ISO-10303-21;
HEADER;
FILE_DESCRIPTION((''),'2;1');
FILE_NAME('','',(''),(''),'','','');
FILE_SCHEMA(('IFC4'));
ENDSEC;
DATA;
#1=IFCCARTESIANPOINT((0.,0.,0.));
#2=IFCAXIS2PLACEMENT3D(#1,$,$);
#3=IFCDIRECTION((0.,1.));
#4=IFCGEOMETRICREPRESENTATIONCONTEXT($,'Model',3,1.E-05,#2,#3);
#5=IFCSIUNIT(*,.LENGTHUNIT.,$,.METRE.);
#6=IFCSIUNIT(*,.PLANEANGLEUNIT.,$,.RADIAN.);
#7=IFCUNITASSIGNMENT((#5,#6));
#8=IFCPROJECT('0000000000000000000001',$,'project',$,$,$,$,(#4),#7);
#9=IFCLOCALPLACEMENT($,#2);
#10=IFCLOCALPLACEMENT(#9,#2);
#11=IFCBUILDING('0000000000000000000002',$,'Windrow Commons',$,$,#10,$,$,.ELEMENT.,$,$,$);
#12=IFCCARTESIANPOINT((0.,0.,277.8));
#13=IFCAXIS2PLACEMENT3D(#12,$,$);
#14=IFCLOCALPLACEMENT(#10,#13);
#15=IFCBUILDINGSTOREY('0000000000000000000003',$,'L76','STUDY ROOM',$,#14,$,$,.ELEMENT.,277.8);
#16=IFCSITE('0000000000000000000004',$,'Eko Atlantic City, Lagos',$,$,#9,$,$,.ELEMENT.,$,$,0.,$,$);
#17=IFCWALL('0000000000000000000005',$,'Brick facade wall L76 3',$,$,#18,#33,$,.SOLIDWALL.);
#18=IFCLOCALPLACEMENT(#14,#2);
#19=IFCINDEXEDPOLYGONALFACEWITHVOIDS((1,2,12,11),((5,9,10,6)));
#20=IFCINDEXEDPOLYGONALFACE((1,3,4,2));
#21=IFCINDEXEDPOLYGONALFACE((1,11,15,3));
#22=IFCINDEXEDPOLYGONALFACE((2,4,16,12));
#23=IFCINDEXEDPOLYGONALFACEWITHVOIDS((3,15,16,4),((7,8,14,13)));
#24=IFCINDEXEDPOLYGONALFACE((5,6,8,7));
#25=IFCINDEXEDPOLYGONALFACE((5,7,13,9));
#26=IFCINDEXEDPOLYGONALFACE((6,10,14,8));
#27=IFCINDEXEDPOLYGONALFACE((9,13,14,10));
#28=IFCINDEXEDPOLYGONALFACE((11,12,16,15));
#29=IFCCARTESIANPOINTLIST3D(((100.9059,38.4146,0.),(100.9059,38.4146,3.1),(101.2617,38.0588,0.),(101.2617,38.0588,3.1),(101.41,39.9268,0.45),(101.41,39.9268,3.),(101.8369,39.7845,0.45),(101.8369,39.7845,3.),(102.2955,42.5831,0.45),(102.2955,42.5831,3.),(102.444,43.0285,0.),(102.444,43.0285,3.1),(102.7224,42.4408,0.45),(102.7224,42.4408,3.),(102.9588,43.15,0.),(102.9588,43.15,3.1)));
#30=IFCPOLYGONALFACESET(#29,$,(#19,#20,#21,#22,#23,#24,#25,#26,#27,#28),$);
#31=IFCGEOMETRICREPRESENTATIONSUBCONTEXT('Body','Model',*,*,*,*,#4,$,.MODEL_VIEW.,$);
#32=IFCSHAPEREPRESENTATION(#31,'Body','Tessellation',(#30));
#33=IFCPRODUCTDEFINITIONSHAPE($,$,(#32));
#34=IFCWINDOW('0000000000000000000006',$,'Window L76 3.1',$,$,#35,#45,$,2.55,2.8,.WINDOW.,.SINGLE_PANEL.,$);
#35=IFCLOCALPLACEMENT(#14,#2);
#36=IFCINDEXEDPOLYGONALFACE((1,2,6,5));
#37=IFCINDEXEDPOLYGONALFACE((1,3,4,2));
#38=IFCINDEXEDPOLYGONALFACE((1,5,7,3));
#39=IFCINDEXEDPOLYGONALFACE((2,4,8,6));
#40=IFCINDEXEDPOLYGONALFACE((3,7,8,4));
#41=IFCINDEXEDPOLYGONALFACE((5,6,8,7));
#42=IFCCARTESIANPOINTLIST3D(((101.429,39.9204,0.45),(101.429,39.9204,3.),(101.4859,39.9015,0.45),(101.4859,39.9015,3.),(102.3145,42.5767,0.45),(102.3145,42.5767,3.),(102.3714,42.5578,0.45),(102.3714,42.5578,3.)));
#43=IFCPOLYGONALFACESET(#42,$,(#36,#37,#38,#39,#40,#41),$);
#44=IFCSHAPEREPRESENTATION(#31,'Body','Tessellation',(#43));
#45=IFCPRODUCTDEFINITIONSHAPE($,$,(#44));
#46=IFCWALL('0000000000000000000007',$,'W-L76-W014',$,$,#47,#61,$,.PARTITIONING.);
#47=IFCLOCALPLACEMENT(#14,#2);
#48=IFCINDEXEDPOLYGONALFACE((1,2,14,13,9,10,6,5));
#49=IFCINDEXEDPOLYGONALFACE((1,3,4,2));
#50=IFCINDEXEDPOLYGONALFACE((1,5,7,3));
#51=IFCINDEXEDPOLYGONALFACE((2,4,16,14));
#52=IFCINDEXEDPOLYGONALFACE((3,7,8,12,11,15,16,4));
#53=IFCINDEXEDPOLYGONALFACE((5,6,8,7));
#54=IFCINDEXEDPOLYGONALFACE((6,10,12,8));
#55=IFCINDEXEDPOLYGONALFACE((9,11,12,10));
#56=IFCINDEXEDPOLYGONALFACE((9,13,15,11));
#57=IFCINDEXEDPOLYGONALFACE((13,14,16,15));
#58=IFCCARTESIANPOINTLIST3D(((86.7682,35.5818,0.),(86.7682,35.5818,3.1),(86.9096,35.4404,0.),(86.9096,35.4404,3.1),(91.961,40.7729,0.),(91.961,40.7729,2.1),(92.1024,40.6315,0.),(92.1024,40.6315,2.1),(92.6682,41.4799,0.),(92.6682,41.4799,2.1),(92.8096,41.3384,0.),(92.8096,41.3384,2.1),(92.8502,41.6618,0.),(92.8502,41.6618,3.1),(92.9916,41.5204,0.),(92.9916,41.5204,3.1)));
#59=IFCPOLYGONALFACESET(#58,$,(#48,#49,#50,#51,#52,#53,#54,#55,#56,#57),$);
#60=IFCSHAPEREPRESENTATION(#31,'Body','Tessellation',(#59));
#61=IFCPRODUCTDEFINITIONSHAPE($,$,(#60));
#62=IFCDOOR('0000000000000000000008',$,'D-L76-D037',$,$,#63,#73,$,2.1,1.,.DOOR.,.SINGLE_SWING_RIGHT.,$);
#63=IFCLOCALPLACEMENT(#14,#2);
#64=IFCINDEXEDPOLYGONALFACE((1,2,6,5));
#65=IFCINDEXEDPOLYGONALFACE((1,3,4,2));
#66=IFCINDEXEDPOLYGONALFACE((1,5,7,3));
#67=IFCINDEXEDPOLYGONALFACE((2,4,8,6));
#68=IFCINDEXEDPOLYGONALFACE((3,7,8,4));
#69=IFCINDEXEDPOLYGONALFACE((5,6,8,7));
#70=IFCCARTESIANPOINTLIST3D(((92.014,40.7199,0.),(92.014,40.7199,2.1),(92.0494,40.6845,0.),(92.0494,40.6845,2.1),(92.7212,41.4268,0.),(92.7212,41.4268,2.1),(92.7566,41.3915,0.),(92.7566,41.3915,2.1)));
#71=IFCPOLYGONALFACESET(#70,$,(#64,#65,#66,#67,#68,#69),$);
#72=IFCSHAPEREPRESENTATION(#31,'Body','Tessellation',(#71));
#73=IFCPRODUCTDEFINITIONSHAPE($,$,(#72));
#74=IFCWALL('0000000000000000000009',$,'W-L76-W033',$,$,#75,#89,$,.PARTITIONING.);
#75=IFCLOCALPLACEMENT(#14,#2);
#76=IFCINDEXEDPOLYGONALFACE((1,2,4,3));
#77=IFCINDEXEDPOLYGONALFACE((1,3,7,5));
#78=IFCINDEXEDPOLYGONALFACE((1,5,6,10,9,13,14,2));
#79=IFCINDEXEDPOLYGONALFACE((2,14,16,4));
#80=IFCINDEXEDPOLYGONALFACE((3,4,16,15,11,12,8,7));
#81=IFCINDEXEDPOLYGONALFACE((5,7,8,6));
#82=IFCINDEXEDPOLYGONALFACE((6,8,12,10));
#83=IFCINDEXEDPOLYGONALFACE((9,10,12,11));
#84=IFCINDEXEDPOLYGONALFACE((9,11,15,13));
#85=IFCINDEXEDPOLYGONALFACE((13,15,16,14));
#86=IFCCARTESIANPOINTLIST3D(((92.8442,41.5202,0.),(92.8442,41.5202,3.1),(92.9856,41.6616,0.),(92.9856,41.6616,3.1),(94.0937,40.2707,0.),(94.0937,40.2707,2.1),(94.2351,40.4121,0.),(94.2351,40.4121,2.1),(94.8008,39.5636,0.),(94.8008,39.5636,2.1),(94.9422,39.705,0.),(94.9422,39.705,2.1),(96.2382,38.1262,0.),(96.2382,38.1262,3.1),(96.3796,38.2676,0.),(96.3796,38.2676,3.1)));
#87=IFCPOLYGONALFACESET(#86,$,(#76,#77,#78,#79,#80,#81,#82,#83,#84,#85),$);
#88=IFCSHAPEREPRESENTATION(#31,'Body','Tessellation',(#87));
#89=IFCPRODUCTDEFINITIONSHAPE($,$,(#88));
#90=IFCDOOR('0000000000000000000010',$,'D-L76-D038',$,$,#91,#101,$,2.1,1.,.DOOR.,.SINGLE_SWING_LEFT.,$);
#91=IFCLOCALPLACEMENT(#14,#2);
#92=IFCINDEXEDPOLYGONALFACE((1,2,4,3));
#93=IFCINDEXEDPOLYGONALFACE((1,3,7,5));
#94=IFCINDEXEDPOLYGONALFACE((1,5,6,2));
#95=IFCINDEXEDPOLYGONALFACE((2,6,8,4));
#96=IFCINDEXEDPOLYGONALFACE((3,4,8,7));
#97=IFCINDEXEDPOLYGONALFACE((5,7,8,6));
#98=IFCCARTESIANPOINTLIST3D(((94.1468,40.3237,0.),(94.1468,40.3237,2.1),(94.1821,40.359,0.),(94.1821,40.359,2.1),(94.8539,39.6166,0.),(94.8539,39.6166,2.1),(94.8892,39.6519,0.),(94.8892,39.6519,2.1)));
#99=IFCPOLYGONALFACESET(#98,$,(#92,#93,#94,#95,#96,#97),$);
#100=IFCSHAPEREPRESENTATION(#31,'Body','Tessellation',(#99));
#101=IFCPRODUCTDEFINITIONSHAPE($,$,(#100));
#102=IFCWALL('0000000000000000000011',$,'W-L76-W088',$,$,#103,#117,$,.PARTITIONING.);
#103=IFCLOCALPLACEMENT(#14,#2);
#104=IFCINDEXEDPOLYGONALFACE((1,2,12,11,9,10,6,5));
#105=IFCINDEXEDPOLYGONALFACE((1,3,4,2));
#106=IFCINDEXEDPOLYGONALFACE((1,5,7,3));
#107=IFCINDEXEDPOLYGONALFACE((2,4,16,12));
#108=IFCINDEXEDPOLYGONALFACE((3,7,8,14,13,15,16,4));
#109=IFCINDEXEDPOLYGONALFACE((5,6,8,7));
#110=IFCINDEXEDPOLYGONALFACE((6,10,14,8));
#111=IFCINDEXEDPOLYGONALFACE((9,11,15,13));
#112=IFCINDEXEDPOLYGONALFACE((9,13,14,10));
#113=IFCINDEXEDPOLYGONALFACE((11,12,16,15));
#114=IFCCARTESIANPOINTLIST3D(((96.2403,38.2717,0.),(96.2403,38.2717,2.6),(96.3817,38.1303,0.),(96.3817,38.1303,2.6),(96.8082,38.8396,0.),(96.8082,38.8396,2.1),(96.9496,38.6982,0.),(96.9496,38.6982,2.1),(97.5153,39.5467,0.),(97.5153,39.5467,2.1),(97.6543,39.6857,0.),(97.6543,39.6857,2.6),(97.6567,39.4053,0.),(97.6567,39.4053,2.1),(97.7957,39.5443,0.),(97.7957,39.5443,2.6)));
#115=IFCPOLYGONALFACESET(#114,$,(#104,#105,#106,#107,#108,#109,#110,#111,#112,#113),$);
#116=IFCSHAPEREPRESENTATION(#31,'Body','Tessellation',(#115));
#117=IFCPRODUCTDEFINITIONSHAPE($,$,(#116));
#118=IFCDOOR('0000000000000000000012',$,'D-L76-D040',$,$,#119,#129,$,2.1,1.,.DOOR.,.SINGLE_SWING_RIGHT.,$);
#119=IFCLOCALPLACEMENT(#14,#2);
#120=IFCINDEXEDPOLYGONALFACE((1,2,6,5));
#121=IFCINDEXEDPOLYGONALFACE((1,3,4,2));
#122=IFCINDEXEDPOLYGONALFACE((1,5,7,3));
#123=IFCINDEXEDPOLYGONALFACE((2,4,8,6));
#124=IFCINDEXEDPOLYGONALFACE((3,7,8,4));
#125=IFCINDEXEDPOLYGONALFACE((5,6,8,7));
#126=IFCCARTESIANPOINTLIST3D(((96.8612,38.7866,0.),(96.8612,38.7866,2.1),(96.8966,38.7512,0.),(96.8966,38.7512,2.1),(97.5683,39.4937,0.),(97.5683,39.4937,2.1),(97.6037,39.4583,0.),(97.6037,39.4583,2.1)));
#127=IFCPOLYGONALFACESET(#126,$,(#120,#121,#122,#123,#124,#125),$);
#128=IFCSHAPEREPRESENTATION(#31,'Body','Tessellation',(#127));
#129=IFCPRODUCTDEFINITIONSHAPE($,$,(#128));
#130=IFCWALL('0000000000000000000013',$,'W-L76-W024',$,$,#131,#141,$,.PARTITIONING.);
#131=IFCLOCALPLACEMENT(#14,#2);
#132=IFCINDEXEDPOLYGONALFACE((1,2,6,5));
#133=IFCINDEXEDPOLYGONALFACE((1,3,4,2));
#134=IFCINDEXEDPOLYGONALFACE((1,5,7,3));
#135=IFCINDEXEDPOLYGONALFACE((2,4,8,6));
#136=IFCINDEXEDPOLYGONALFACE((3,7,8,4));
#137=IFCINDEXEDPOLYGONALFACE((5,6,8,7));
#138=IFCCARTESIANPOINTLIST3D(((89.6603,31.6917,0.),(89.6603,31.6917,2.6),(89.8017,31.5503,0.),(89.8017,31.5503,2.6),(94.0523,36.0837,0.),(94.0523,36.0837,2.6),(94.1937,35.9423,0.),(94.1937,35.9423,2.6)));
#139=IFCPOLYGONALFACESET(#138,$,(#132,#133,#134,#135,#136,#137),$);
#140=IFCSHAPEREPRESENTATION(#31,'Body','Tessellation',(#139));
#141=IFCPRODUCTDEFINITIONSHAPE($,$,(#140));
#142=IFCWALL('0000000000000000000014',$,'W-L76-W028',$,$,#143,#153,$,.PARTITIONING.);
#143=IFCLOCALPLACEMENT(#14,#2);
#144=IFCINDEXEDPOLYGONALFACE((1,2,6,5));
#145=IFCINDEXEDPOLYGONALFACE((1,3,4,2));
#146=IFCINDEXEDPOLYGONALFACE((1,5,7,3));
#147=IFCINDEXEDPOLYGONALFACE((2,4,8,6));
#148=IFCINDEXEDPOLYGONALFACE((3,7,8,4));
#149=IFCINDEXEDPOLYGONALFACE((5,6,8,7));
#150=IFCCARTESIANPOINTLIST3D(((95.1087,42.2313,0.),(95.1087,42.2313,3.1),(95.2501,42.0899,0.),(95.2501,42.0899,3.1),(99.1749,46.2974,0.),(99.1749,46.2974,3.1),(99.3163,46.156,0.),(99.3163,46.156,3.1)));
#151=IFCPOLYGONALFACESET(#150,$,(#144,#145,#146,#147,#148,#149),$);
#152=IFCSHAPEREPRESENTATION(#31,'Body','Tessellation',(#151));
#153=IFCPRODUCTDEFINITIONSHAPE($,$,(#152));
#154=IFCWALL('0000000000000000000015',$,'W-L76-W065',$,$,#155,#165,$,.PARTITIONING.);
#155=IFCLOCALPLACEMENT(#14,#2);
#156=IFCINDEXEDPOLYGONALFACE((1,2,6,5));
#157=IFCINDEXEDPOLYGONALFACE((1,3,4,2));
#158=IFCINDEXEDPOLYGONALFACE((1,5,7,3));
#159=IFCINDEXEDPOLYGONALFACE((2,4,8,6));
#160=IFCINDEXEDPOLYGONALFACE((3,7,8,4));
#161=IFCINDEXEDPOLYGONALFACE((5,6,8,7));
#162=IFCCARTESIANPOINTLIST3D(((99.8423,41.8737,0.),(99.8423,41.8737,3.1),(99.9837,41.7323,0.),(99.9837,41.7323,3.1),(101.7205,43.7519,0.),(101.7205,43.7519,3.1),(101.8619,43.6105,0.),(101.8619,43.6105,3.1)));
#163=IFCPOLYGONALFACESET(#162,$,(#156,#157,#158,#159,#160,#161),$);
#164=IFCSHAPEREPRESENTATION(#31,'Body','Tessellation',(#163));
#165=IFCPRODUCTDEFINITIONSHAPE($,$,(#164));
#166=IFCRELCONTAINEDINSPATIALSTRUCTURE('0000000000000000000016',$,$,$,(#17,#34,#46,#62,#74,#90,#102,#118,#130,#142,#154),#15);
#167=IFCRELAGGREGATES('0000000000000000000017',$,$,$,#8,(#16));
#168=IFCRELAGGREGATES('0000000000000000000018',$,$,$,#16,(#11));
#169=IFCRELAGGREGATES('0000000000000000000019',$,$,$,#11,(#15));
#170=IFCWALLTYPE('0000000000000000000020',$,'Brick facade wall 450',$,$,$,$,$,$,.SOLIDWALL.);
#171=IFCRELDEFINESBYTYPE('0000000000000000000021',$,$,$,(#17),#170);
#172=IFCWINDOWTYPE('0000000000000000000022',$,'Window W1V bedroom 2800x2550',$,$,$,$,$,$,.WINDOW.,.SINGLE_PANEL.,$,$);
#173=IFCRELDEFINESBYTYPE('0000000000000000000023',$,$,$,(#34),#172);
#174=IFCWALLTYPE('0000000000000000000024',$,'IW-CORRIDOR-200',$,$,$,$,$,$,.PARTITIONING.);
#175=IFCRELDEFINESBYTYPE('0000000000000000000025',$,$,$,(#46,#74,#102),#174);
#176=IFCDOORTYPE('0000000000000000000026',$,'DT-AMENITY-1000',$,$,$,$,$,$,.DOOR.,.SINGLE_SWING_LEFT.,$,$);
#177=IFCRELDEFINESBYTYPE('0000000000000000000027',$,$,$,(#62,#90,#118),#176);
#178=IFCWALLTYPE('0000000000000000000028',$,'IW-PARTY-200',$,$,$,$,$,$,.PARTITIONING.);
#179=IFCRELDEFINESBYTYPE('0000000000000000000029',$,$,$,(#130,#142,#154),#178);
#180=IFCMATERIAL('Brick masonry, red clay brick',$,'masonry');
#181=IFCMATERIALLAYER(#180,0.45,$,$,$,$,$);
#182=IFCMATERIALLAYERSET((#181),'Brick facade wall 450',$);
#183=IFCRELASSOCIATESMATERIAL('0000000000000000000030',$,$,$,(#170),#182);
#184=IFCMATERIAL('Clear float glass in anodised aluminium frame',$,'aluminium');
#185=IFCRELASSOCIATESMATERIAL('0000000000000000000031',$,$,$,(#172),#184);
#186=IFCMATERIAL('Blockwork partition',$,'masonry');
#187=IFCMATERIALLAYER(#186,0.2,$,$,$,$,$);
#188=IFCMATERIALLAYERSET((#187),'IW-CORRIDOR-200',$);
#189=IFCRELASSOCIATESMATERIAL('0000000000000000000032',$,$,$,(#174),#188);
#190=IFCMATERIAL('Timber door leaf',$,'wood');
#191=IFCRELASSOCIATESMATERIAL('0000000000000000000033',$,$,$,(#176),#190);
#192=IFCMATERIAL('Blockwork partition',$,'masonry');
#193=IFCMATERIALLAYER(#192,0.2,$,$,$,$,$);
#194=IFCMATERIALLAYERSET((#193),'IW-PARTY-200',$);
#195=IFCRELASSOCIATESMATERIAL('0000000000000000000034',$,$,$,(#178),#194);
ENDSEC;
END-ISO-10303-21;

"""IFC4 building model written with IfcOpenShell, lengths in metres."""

from ifc_helpers import new_model, si_unit, direction, frame, frame_2d, origin, place, context, subcontext, project, spatial, polyline, rectangle, outline, extrude, material, layer, layer_set, type_object, element, fill, save


model = new_model("IFC4")

# Units and contexts
model_context = context("Model", 3, precision=1e-05, world=origin(), true_north=direction((0.0, 1.0)))
body_context = subcontext(model_context, "Body", "Model", "MODEL_VIEW")
ifc_project = project(units=[si_unit("LENGTHUNIT", "METRE"), si_unit("PLANEANGLEUNIT", "RADIAN")], contexts=[model_context])

# Site, building, storey
site_placement = place(None, origin())
site = spatial("IfcSite", under=ifc_project, at=site_placement, Name="Eko Atlantic City, Lagos", CompositionType="ELEMENT", RefElevation=0.0)
building_placement = place(site_placement, origin())
building = spatial("IfcBuilding", under=site, at=building_placement, Name="Windrow Commons", CompositionType="ELEMENT")
storey_placement = place(building_placement, frame((0.0, 0.0, 277.8)))
storey = spatial("IfcBuildingStorey", under=building, at=storey_placement, Name="L76", Description="STUDY ROOM", CompositionType="ELEMENT", Elevation=277.8)

# Shared definitions
ifc_material_1 = material(Name="Brick masonry, red clay brick", Category="masonry")
ifc_layer_1 = layer(ifc_material_1, 0.45)
ifc_layer_set_1 = layer_set([ifc_layer_1], Name="Brick facade wall 450")
wall_type_1 = type_object("IfcWallType", Name="Brick facade wall 450", PredefinedType="SOLIDWALL", material=ifc_layer_set_1)
ifc_material_2 = material(Name="Clear float glass in anodised aluminium frame", Category="aluminium")
window_type = type_object("IfcWindowType", Name="Window W1V bedroom 2800x2550", PartitioningType="SINGLE_PANEL", PredefinedType="WINDOW", material=ifc_material_2)

# Wall, opening, window
wall_1_placement = place(storey_placement, frame((101.0838, 38.2367, 0.0), z_axis=(0.0, 0.0, 1.0), x_axis=(0.316245, 0.948677, 0.0)))
wall_1 = element("IfcWall", 1, at=wall_1_placement, inside=storey, type_object=wall_type_1, Name="Brick facade wall L76 3", PredefinedType="SOLIDWALL", context=body_context, shape_type="SweptSolid", body=[
    extrude(outline(polyline([(-0.1125, -0.225), (5.2541, -0.225), (4.976, 0.225), (0.1125, 0.225), (-0.1125, -0.225)])), origin(), (0.0, 0.0, 1.0), 3.1),
])
opening_1_placement = place(wall_1_placement, frame((1.7065, 0.0, 0.45)))
opening_1 = element("IfcOpeningElement", 2, at=opening_1_placement, cuts=wall_1, PredefinedType="OPENING", context=body_context, shape_type="SweptSolid", body=[
    extrude(rectangle(XDim=2.8, YDim=2.55, at=frame_2d((1.4, 1.275))), frame((0.0, 0.235, 0.0), z_axis=(0.0, -1.0, 0.0), x_axis=(1.0, 0.0, 0.0)), (0.0, 0.0, 1.0), 0.47),
])
window_1_placement = place(opening_1_placement, origin())
window_1 = element("IfcWindow", 3, at=window_1_placement, inside=storey, type_object=window_type, Name="Window L76 3.1", OverallHeight=2.55, OverallWidth=2.8, PartitioningType="SINGLE_PANEL", PredefinedType="WINDOW", context=body_context, shape_type="SweptSolid", body=[
    extrude(rectangle(XDim=2.8, YDim=2.55, at=frame_2d((1.4, 1.275))), frame((0.0, 0.205, 0.0), z_axis=(0.0, -1.0, 0.0), x_axis=(1.0, 0.0, 0.0)), (0.0, 0.0, 1.0), 0.06),
])
fill(opening_1, window_1)

# Walls, openings, doors
ifc_material_3 = material(Name="Blockwork partition", Category="masonry")
ifc_layer_2 = layer(ifc_material_3, 0.2)
ifc_layer_set_2 = layer_set([ifc_layer_2], Name="IW-CORRIDOR-200")
wall_type_2 = type_object("IfcWallType", Name="IW-CORRIDOR-200", PredefinedType="PARTITIONING", material=ifc_layer_set_2)
wall_2_placement = place(storey_placement, frame((86.8389, 35.5111, 0.0), z_axis=(0.0, 0.0, 1.0), x_axis=(0.707223, 0.70699, 0.0)))
wall_2 = element("IfcWall", 4, at=wall_2_placement, inside=storey, type_object=wall_type_2, Name="W-L76-W014", PredefinedType="PARTITIONING", context=body_context, shape_type="SweptSolid", body=[
    extrude(rectangle(XDim=8.5998, YDim=0.2, at=frame_2d((4.2999, 0.0))), origin(), (0.0, 0.0, 1.0), 3.1),
])
opening_2_placement = place(wall_2_placement, frame((7.3425, 0.0, 0.0)))
opening_2 = element("IfcOpeningElement", 5, at=opening_2_placement, cuts=wall_2, PredefinedType="OPENING", context=body_context, shape_type="SweptSolid", body=[
    extrude(rectangle(XDim=1.0, YDim=2.1, at=frame_2d((0.5, 1.05))), frame((0.0, 0.11, 0.0), z_axis=(0.0, -1.0, 0.0), x_axis=(1.0, 0.0, 0.0)), (0.0, 0.0, 1.0), 0.22),
])
ifc_material_4 = material(Name="Timber door leaf", Category="wood")
door_type_1 = type_object("IfcDoorType", Name="DT-AMENITY-1000", OperationType="SINGLE_SWING_LEFT", PredefinedType="DOOR", material=ifc_material_4)
door_1_placement = place(opening_2_placement, origin())
door_1 = element("IfcDoor", 6, at=door_1_placement, inside=storey, type_object=door_type_1, Name="D-L76-D037", OperationType="SINGLE_SWING_RIGHT", OverallHeight=2.1, OverallWidth=1.0, PredefinedType="DOOR", context=body_context, shape_type="SweptSolid", body=[
    extrude(rectangle(XDim=1.0, YDim=2.1, at=frame_2d((0.5, 1.05))), frame((0.0, 0.025, 0.0), z_axis=(0.0, -1.0, 0.0), x_axis=(1.0, 0.0, 0.0)), (0.0, 0.0, 1.0), 0.05),
])
fill(opening_2, door_1)
wall_3_placement = place(storey_placement, frame((92.9149, 41.5909, 0.0), z_axis=(0.0, 0.0, 1.0), x_axis=(0.707107, -0.707107, 0.0)))
wall_3 = element("IfcWall", 7, at=wall_3_placement, inside=storey, type_object=wall_type_2, Name="W-L76-W033", PredefinedType="PARTITIONING", context=body_context, shape_type="SweptSolid", body=[
    extrude(rectangle(XDim=4.7998, YDim=0.2, at=frame_2d((2.3999, 0.0))), origin(), (0.0, 0.0, 1.0), 3.1),
])
opening_3_placement = place(wall_3_placement, frame((1.7671, 0.0, 0.0)))
opening_3 = element("IfcOpeningElement", 8, at=opening_3_placement, cuts=wall_3, PredefinedType="OPENING", context=body_context, shape_type="SweptSolid", body=[
    extrude(rectangle(XDim=1.0, YDim=2.1, at=frame_2d((0.5, 1.05))), frame((0.0, 0.11, 0.0), z_axis=(0.0, -1.0, 0.0), x_axis=(1.0, 0.0, 0.0)), (0.0, 0.0, 1.0), 0.22),
])
door_2_placement = place(opening_3_placement, origin())
door_2 = element("IfcDoor", 9, at=door_2_placement, inside=storey, type_object=door_type_1, Name="D-L76-D038", OperationType="SINGLE_SWING_LEFT", OverallHeight=2.1, OverallWidth=1.0, PredefinedType="DOOR", context=body_context, shape_type="SweptSolid", body=[
    extrude(rectangle(XDim=1.0, YDim=2.1, at=frame_2d((0.5, 1.05))), frame((0.0, 0.025, 0.0), z_axis=(0.0, -1.0, 0.0), x_axis=(1.0, 0.0, 0.0)), (0.0, 0.0, 1.0), 0.05),
])
fill(opening_3, door_2)
wall_4_placement = place(storey_placement, frame((96.311, 38.201, 0.0), z_axis=(0.0, 0.0, 1.0), x_axis=(0.707107, 0.707107, 0.0)))
wall_4 = element("IfcWall", 10, at=wall_4_placement, inside=storey, type_object=wall_type_2, Name="W-L76-W088", PredefinedType="PARTITIONING", context=body_context, shape_type="SweptSolid", body=[
    extrude(rectangle(XDim=1.9997, YDim=0.2, at=frame_2d((0.9999, 0.0))), origin(), (0.0, 0.0, 1.0), 2.6),
])
opening_4_placement = place(wall_4_placement, frame((0.8031, 0.0, 0.0)))
opening_4 = element("IfcOpeningElement", 11, at=opening_4_placement, cuts=wall_4, PredefinedType="OPENING", context=body_context, shape_type="SweptSolid", body=[
    extrude(rectangle(XDim=1.0, YDim=2.1, at=frame_2d((0.5, 1.05))), frame((0.0, 0.11, 0.0), z_axis=(0.0, -1.0, 0.0), x_axis=(1.0, 0.0, 0.0)), (0.0, 0.0, 1.0), 0.22),
])
door_3_placement = place(opening_4_placement, origin())
door_3 = element("IfcDoor", 12, at=door_3_placement, inside=storey, type_object=door_type_1, Name="D-L76-D040", OperationType="SINGLE_SWING_RIGHT", OverallHeight=2.1, OverallWidth=1.0, PredefinedType="DOOR", context=body_context, shape_type="SweptSolid", body=[
    extrude(rectangle(XDim=1.0, YDim=2.1, at=frame_2d((0.5, 1.05))), frame((0.0, 0.025, 0.0), z_axis=(0.0, -1.0, 0.0), x_axis=(1.0, 0.0, 0.0)), (0.0, 0.0, 1.0), 0.05),
])
fill(opening_4, door_3)

# Walls
ifc_material_5 = material(Name="Blockwork partition", Category="masonry")
ifc_layer_3 = layer(ifc_material_5, 0.2)
ifc_layer_set_3 = layer_set([ifc_layer_3], Name="IW-PARTY-200")
wall_type_3 = type_object("IfcWallType", Name="IW-PARTY-200", PredefinedType="PARTITIONING", material=ifc_layer_set_3)
wall_5_placement = place(storey_placement, frame((89.731, 31.621, 0.0), z_axis=(0.0, 0.0, 1.0), x_axis=(0.707107, 0.707107, 0.0)))
element("IfcWall", 13, at=wall_5_placement, inside=storey, type_object=wall_type_3, Name="W-L76-W024", PredefinedType="PARTITIONING", context=body_context, shape_type="SweptSolid", body=[
    extrude(rectangle(XDim=6.2112, YDim=0.2, at=frame_2d((3.1056, 0.0))), origin(), (0.0, 0.0, 1.0), 2.6),
])
wall_6_placement = place(storey_placement, frame((95.1794, 42.1606, 0.0), z_axis=(0.0, 0.0, 1.0), x_axis=(0.707115, 0.707098, 0.0)))
element("IfcWall", 14, at=wall_6_placement, inside=storey, type_object=wall_type_3, Name="W-L76-W028", PredefinedType="PARTITIONING", context=body_context, shape_type="SweptSolid", body=[
    extrude(rectangle(XDim=5.7505, YDim=0.2, at=frame_2d((2.8752, 0.0))), origin(), (0.0, 0.0, 1.0), 3.1),
])
wall_7_placement = place(storey_placement, frame((99.913, 41.803, 0.0), z_axis=(0.0, 0.0, 1.0), x_axis=(0.707107, 0.707107, 0.0)))
element("IfcWall", 15, at=wall_7_placement, inside=storey, type_object=wall_type_3, Name="W-L76-W065", PredefinedType="PARTITIONING", context=body_context, shape_type="SweptSolid", body=[
    extrude(rectangle(XDim=2.6562, YDim=0.2, at=frame_2d((1.3281, 0.0))), origin(), (0.0, 0.0, 1.0), 3.1),
])

save(model, "model.ifc")
